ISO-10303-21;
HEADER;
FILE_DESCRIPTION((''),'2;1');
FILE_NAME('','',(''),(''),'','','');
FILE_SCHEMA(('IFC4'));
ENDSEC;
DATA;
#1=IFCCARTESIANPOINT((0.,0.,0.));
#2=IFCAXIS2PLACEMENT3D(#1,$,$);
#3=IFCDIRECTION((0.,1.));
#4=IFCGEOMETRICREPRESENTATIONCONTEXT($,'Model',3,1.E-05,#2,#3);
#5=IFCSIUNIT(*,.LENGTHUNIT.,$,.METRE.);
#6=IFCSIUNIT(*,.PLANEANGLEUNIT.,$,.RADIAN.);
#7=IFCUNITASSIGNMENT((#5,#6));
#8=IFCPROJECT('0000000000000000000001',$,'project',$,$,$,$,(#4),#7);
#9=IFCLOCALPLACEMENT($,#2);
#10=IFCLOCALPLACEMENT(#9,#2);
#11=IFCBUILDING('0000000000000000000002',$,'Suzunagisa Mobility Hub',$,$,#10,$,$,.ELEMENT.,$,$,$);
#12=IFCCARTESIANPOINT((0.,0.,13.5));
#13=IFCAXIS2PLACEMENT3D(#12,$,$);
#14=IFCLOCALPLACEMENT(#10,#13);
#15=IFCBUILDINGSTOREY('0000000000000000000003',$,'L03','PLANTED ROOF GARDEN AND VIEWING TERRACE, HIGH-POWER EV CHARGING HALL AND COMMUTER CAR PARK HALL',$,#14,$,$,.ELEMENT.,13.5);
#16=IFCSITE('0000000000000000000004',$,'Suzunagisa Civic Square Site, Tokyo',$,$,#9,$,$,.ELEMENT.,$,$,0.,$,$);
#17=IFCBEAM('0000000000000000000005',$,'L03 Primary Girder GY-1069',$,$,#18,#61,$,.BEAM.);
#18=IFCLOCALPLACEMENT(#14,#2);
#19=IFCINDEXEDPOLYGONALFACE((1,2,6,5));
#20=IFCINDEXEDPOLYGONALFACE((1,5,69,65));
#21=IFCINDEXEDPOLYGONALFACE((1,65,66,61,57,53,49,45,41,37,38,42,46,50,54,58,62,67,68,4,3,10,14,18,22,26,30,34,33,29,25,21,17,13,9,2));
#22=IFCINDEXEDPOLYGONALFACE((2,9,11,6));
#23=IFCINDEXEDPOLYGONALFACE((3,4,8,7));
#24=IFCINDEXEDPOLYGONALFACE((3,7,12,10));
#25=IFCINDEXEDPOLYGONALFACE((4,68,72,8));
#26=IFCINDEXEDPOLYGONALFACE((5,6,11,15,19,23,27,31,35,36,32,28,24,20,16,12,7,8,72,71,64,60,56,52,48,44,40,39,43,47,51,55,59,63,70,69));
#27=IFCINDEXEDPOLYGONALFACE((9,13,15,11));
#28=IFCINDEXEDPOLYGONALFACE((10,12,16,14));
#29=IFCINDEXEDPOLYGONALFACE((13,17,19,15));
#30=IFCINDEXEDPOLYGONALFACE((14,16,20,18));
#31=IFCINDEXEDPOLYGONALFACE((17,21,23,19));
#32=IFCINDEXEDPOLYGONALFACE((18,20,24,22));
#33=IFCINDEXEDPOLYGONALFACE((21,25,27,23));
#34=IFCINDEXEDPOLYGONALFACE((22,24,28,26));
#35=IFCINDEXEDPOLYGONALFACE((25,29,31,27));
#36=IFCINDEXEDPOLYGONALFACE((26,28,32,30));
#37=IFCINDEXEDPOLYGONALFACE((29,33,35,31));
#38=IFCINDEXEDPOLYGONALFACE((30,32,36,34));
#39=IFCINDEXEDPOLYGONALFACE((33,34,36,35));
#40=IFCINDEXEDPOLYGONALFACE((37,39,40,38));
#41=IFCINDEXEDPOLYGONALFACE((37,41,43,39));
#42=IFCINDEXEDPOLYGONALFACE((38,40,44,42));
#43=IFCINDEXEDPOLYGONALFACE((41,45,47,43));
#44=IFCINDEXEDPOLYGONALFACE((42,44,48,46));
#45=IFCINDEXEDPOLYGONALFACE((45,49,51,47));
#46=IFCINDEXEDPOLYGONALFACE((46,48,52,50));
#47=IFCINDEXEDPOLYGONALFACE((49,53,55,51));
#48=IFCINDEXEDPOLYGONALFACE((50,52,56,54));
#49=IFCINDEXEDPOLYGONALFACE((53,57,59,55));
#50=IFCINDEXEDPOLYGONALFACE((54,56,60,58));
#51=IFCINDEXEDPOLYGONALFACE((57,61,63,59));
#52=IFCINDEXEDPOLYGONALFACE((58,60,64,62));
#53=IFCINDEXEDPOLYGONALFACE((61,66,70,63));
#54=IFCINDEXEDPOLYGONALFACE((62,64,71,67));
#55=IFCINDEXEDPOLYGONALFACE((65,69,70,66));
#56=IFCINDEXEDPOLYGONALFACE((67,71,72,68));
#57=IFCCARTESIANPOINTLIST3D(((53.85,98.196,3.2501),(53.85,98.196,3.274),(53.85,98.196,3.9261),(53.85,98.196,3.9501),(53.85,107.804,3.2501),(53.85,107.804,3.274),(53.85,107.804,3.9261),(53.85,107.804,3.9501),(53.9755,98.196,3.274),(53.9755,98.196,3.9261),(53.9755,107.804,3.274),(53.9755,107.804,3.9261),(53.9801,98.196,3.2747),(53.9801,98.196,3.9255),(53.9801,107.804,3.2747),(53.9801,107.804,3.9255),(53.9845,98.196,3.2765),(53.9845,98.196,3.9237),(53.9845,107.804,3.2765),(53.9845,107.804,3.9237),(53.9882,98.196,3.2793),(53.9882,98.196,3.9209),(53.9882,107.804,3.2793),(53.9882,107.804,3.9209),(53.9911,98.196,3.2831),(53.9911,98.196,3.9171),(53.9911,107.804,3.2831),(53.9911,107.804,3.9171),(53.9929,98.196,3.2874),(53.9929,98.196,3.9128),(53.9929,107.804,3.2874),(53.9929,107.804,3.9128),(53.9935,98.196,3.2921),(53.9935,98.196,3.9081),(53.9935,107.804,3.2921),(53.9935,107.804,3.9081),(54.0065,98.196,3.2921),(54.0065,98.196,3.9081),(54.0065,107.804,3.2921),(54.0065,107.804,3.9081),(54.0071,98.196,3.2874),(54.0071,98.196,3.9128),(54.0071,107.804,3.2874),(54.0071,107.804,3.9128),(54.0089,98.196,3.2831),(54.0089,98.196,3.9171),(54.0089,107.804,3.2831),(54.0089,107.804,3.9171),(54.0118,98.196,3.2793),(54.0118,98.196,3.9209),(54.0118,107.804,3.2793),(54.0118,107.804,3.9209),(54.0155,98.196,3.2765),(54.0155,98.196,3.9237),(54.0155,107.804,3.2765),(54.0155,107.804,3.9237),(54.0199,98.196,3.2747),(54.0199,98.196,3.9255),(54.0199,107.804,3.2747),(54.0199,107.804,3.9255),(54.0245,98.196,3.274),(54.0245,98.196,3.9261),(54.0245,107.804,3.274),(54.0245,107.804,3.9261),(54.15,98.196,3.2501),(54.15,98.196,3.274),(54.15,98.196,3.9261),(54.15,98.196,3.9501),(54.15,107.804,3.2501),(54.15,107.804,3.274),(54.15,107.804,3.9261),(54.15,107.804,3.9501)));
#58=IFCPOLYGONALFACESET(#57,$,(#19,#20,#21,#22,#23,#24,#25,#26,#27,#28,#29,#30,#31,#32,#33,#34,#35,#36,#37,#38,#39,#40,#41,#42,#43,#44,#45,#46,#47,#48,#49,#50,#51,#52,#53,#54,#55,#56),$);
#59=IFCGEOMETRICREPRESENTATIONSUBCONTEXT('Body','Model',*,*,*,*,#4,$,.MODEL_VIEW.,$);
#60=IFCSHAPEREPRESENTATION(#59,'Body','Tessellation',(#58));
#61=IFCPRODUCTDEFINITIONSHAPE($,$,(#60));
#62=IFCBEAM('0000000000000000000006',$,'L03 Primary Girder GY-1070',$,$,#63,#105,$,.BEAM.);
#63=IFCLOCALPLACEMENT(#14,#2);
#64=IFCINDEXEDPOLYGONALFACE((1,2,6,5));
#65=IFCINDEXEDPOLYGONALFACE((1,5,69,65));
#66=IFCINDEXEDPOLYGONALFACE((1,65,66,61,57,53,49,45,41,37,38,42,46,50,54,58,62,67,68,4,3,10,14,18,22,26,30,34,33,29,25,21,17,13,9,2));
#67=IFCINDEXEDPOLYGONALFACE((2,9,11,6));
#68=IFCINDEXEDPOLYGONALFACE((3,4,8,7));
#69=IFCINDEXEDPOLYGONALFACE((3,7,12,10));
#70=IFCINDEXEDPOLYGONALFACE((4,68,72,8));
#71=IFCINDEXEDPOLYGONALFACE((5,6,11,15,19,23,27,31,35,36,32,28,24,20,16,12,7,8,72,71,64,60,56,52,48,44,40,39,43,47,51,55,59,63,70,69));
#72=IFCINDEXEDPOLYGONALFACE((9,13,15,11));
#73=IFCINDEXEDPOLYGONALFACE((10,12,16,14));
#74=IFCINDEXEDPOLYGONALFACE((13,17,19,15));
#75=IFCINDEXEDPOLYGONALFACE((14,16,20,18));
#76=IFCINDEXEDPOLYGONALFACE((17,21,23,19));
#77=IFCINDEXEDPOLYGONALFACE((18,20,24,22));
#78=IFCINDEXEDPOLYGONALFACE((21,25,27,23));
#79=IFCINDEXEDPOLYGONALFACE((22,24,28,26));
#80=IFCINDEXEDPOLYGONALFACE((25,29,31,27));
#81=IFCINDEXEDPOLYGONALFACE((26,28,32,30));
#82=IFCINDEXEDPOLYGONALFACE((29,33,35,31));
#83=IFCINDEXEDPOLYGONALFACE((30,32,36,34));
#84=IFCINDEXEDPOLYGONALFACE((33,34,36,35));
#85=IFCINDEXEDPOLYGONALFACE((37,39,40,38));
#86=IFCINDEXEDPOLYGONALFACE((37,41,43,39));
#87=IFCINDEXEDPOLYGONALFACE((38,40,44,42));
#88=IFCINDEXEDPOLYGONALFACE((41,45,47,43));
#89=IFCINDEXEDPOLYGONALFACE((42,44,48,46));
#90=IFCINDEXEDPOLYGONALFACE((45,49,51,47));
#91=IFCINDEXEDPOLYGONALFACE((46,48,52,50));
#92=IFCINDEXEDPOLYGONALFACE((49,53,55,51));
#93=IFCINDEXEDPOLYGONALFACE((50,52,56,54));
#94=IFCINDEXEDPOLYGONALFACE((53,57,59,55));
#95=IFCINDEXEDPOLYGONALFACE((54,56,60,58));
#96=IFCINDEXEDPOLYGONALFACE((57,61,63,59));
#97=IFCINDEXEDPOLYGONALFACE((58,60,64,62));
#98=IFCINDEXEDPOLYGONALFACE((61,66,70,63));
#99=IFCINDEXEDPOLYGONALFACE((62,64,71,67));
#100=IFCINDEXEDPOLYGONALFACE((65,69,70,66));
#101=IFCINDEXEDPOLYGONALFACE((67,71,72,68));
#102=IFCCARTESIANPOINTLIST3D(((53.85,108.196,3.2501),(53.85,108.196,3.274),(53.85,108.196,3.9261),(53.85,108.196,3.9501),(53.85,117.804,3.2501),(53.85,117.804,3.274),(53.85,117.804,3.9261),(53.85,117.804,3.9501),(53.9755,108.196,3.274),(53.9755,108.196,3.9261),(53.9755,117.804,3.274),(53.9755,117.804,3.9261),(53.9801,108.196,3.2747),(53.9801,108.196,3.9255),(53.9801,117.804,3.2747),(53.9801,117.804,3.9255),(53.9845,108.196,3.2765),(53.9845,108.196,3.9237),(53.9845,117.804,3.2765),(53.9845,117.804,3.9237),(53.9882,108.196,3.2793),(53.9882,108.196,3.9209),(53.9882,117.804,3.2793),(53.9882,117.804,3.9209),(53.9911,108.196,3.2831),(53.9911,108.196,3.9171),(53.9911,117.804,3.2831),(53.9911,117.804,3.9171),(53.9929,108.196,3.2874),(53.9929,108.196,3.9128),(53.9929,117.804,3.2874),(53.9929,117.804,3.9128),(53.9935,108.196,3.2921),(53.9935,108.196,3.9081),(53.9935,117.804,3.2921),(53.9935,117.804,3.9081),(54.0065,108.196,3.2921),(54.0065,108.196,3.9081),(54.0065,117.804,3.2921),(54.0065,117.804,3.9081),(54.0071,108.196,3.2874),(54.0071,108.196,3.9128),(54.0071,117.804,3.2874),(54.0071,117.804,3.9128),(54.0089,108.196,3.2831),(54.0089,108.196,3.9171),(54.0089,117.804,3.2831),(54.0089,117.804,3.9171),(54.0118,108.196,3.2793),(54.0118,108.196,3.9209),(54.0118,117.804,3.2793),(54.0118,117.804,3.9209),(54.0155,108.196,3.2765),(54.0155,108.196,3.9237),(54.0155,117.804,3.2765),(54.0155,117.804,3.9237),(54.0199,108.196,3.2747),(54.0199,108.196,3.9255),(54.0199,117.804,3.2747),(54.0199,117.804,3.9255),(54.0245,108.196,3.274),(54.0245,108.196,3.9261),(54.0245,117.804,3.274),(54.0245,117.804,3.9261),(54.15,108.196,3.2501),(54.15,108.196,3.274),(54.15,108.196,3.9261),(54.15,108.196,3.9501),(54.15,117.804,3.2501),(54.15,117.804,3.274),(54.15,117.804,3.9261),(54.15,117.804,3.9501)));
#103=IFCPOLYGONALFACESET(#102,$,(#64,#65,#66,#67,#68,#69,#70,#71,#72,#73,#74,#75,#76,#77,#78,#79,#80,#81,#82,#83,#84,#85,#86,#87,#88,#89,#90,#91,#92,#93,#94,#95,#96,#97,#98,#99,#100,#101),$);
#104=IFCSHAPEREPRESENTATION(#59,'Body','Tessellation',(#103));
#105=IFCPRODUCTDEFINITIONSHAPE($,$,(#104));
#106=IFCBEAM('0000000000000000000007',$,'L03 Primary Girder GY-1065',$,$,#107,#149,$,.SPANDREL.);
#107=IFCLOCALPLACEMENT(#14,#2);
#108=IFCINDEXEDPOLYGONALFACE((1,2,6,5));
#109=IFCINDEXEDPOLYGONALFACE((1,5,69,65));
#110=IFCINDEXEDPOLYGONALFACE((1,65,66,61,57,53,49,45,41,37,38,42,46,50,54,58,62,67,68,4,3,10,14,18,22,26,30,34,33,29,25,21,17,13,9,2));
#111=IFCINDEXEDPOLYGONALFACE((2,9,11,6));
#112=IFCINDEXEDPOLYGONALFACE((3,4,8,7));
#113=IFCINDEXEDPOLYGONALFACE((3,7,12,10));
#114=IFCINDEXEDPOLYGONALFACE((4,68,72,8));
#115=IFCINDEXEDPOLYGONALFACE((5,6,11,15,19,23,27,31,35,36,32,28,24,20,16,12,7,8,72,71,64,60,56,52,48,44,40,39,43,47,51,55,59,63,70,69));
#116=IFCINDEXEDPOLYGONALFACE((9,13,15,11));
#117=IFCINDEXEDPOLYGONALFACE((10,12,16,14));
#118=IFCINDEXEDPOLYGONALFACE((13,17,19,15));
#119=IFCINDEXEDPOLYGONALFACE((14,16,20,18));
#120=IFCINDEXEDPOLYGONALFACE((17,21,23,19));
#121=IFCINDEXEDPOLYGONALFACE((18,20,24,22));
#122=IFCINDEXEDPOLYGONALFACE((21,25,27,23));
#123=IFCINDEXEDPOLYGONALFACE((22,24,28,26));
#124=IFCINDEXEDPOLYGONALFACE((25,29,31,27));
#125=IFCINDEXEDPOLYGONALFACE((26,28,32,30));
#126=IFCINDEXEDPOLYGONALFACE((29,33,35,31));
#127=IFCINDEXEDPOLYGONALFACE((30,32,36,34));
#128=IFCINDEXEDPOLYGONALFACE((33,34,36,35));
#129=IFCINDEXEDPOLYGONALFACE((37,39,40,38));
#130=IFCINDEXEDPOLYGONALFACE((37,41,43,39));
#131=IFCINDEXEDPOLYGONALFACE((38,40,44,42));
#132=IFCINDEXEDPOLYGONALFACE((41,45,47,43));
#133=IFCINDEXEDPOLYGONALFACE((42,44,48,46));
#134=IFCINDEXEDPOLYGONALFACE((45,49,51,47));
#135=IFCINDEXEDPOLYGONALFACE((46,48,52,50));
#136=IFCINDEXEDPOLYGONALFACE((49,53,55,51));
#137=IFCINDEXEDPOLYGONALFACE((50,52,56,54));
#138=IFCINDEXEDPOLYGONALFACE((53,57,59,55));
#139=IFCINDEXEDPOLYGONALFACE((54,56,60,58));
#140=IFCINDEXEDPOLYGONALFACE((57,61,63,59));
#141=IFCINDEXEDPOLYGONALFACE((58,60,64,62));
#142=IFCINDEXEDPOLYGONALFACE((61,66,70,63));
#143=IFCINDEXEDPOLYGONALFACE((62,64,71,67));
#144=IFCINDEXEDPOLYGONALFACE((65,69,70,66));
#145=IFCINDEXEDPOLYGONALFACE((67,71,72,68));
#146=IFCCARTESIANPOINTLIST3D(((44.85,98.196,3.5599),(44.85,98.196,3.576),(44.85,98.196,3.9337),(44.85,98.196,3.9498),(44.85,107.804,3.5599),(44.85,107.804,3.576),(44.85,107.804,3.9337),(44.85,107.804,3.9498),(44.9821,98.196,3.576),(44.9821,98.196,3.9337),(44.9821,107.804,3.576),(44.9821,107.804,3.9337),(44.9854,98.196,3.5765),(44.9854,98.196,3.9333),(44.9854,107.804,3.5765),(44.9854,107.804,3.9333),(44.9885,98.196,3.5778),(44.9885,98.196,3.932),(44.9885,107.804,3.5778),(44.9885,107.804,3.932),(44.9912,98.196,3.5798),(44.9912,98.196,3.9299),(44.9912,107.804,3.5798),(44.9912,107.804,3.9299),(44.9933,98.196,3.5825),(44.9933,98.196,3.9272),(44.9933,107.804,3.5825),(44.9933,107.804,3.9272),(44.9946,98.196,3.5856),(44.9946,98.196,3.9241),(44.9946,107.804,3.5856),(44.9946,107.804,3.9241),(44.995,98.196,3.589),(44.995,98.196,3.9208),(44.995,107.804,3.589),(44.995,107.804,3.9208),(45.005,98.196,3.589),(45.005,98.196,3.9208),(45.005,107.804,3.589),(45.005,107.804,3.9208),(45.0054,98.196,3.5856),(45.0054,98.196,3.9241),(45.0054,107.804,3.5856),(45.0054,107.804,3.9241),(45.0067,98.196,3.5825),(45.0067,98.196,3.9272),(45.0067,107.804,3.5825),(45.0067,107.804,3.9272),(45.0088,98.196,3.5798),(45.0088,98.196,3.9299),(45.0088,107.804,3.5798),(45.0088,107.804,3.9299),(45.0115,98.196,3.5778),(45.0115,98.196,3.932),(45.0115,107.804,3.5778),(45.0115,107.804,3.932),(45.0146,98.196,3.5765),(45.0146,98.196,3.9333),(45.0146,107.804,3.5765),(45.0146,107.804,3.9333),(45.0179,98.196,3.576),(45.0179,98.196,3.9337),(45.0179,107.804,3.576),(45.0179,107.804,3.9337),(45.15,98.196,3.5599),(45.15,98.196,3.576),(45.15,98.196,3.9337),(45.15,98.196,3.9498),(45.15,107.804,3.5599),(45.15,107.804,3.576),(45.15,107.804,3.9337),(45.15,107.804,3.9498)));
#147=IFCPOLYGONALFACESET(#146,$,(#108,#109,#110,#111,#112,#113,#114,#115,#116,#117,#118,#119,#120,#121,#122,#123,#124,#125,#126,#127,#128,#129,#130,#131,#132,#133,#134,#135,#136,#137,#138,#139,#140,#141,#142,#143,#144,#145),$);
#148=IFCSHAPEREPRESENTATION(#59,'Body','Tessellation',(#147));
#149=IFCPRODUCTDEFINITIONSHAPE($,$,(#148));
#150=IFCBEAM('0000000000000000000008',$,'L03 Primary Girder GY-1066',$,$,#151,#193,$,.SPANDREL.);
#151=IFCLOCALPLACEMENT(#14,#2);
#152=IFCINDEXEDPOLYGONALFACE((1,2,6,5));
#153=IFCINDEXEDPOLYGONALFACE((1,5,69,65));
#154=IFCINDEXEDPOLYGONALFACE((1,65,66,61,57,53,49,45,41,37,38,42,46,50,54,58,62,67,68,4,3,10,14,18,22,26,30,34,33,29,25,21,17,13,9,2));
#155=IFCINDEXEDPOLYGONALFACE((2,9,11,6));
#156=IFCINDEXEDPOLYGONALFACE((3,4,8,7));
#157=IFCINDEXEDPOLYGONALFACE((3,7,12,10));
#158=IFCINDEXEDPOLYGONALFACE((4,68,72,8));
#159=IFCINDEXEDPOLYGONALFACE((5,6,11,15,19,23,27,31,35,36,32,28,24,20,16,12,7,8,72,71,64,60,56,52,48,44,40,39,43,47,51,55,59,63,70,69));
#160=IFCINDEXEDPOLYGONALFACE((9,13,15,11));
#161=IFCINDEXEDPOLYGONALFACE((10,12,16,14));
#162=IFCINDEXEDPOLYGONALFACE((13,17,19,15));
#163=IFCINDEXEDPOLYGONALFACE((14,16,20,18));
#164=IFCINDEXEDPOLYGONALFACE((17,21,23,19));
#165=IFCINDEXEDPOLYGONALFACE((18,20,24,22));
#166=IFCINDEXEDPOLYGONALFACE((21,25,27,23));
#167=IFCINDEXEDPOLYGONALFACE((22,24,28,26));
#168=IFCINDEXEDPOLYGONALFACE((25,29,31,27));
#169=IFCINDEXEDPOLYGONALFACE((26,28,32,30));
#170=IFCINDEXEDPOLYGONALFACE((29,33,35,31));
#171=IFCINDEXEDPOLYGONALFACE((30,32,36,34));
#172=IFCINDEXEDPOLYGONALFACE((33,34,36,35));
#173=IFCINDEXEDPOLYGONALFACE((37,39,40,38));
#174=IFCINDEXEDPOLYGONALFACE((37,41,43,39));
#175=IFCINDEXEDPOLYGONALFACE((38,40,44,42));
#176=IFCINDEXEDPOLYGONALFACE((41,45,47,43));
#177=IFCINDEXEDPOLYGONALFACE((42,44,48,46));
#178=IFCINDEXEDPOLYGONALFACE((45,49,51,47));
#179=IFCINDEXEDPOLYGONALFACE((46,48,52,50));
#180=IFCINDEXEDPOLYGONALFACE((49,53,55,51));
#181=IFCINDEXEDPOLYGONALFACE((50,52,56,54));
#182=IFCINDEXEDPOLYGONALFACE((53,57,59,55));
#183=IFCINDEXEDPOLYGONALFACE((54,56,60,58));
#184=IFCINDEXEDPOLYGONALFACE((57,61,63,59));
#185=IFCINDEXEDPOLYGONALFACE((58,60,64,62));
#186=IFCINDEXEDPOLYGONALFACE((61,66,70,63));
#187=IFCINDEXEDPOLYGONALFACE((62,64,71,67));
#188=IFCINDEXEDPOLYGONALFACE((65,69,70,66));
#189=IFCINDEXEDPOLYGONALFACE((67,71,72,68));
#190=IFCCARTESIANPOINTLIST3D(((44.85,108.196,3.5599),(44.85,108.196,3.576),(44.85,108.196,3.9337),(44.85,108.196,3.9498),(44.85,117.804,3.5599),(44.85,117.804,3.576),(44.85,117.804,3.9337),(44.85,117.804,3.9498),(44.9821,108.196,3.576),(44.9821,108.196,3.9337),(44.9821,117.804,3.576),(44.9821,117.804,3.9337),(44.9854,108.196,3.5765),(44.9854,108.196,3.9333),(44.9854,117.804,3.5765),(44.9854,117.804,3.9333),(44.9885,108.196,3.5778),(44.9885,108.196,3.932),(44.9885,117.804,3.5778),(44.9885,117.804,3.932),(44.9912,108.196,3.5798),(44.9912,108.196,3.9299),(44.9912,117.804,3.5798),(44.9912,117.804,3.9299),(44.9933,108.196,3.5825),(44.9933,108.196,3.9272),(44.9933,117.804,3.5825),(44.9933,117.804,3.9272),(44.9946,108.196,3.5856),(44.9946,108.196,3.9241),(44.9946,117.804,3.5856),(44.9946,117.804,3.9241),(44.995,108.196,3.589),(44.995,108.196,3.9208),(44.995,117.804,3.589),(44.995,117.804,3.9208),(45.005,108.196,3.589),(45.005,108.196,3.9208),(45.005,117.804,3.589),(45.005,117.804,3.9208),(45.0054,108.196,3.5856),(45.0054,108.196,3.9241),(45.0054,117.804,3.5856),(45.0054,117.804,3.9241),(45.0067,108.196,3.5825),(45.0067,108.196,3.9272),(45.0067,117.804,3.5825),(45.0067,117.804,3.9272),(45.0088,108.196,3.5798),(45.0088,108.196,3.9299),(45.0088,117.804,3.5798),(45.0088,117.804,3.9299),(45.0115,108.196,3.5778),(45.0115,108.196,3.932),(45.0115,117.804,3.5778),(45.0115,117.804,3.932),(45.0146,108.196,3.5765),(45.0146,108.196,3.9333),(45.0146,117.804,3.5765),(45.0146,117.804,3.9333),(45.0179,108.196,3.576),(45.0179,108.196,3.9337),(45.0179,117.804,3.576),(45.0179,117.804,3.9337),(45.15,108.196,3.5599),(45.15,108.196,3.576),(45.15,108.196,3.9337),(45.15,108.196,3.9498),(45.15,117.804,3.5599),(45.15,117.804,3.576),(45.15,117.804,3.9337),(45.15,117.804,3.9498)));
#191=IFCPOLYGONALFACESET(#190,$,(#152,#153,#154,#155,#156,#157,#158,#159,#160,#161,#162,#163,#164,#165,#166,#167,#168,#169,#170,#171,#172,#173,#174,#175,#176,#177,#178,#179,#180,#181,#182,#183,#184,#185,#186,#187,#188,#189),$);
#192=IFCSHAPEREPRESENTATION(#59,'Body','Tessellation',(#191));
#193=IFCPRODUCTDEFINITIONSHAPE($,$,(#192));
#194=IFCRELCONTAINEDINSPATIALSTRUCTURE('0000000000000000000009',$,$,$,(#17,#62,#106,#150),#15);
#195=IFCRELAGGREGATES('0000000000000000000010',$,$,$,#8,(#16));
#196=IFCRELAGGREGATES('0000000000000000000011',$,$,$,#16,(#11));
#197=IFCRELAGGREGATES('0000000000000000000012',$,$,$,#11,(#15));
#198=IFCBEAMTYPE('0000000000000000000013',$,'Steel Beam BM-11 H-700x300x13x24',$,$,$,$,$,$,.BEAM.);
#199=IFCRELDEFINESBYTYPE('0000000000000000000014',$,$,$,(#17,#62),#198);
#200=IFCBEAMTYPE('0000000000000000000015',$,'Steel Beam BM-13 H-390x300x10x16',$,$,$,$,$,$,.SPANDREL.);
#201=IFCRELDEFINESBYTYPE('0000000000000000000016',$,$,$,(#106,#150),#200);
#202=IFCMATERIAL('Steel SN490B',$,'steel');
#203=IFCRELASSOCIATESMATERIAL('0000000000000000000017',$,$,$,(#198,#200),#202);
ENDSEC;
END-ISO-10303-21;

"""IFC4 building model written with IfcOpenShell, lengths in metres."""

from ifc_helpers import new_model, si_unit, direction, frame, origin, origin_2d, place, context, subcontext, project, spatial, i_section, extrude, material, material_profile, profile_set, type_object, element, save


model = new_model("IFC4")

# Units and contexts
model_context = context("Model", 3, precision=1e-05, world=origin(), true_north=direction((0.0, 1.0)))
body_context = subcontext(model_context, "Body", "Model", "MODEL_VIEW")
ifc_project = project(units=[si_unit("LENGTHUNIT", "METRE"), si_unit("PLANEANGLEUNIT", "RADIAN")], contexts=[model_context])

# Site, building, storey
site_placement = place(None, origin())
site = spatial("IfcSite", under=ifc_project, at=site_placement, Name="Suzunagisa Civic Square Site, Tokyo", CompositionType="ELEMENT", RefElevation=0.0)
building_placement = place(site_placement, origin())
building = spatial("IfcBuilding", under=site, at=building_placement, Name="Suzunagisa Mobility Hub", CompositionType="ELEMENT")
storey_placement = place(building_placement, frame((0.0, 0.0, 13.5)))
storey = spatial("IfcBuildingStorey", under=building, at=storey_placement, Name="L03", Description="PLANTED ROOF GARDEN AND VIEWING TERRACE, HIGH-POWER EV CHARGING HALL AND COMMUTER CAR PARK HALL", CompositionType="ELEMENT", Elevation=13.5)

# Shared definitions
ifc_material_1 = material(Name="Steel SN490B", Category="steel")

# Beams
ifc_material_profile_1 = material_profile(ifc_material_1, i_section(OverallWidth=0.3, OverallDepth=0.7, WebThickness=0.0129, FlangeThickness=0.0239, FilletRadius=0.0181, at=origin_2d()), Name="H-700x300x13x24")
ifc_profile_set_1 = profile_set([ifc_material_profile_1], Name="Steel SN490B")
beam_type_1 = type_object("IfcBeamType", Name="Steel Beam BM-11 H-700x300x13x24", PredefinedType="BEAM", material=ifc_profile_set_1)
for number, where, z_axis, x_axis, name in (
    (1, (54.0, 98.196, 3.6001), (0.0, 1.0, 0.0), (-1.0, 0.0, 0.0), "L03 Primary Girder GY-1069"),
    (2, (54.0, 108.196, 3.6001), (0.0, 1.0, 0.0), (-1.0, 0.0, 0.0), "L03 Primary Girder GY-1070"),
):
    element("IfcBeam", number, at=place(storey_placement, frame(where, z_axis=z_axis, x_axis=x_axis)), inside=storey, type_object=beam_type_1, Name=name, PredefinedType="BEAM", context=body_context, shape_type="SweptSolid", body=[
        extrude(i_section(OverallWidth=0.3, OverallDepth=0.7, WebThickness=0.0129, FlangeThickness=0.0239, FilletRadius=0.0181, at=origin_2d()), origin(), (0.0, 0.0, 1.0), 9.6079),
    ])
ifc_material_profile_2 = material_profile(ifc_material_1, i_section(OverallWidth=0.3, OverallDepth=0.3899, WebThickness=0.01, FlangeThickness=0.0161, FilletRadius=0.0129, at=origin_2d()), Name="H-390x300x10x16")
ifc_profile_set_2 = profile_set([ifc_material_profile_2], Name="Steel SN490B")
beam_type_2 = type_object("IfcBeamType", Name="Steel Beam BM-13 H-390x300x10x16", PredefinedType="SPANDREL", material=ifc_profile_set_2)
for number, where, z_axis, x_axis, name in (
    (3, (45.0, 98.196, 3.7549), (0.0, 1.0, 0.0), (-1.0, 0.0, 0.0), "L03 Primary Girder GY-1065"),
    (4, (45.0, 108.196, 3.7549), (0.0, 1.0, 0.0), (-1.0, 0.0, 0.0), "L03 Primary Girder GY-1066"),
):
    element("IfcBeam", number, at=place(storey_placement, frame(where, z_axis=z_axis, x_axis=x_axis)), inside=storey, type_object=beam_type_2, Name=name, PredefinedType="SPANDREL", context=body_context, shape_type="SweptSolid", body=[
        extrude(i_section(OverallWidth=0.3, OverallDepth=0.3899, WebThickness=0.01, FlangeThickness=0.0161, FilletRadius=0.0129, at=origin_2d()), origin(), (0.0, 0.0, 1.0), 9.6079),
    ])

save(model, "model.ifc")
